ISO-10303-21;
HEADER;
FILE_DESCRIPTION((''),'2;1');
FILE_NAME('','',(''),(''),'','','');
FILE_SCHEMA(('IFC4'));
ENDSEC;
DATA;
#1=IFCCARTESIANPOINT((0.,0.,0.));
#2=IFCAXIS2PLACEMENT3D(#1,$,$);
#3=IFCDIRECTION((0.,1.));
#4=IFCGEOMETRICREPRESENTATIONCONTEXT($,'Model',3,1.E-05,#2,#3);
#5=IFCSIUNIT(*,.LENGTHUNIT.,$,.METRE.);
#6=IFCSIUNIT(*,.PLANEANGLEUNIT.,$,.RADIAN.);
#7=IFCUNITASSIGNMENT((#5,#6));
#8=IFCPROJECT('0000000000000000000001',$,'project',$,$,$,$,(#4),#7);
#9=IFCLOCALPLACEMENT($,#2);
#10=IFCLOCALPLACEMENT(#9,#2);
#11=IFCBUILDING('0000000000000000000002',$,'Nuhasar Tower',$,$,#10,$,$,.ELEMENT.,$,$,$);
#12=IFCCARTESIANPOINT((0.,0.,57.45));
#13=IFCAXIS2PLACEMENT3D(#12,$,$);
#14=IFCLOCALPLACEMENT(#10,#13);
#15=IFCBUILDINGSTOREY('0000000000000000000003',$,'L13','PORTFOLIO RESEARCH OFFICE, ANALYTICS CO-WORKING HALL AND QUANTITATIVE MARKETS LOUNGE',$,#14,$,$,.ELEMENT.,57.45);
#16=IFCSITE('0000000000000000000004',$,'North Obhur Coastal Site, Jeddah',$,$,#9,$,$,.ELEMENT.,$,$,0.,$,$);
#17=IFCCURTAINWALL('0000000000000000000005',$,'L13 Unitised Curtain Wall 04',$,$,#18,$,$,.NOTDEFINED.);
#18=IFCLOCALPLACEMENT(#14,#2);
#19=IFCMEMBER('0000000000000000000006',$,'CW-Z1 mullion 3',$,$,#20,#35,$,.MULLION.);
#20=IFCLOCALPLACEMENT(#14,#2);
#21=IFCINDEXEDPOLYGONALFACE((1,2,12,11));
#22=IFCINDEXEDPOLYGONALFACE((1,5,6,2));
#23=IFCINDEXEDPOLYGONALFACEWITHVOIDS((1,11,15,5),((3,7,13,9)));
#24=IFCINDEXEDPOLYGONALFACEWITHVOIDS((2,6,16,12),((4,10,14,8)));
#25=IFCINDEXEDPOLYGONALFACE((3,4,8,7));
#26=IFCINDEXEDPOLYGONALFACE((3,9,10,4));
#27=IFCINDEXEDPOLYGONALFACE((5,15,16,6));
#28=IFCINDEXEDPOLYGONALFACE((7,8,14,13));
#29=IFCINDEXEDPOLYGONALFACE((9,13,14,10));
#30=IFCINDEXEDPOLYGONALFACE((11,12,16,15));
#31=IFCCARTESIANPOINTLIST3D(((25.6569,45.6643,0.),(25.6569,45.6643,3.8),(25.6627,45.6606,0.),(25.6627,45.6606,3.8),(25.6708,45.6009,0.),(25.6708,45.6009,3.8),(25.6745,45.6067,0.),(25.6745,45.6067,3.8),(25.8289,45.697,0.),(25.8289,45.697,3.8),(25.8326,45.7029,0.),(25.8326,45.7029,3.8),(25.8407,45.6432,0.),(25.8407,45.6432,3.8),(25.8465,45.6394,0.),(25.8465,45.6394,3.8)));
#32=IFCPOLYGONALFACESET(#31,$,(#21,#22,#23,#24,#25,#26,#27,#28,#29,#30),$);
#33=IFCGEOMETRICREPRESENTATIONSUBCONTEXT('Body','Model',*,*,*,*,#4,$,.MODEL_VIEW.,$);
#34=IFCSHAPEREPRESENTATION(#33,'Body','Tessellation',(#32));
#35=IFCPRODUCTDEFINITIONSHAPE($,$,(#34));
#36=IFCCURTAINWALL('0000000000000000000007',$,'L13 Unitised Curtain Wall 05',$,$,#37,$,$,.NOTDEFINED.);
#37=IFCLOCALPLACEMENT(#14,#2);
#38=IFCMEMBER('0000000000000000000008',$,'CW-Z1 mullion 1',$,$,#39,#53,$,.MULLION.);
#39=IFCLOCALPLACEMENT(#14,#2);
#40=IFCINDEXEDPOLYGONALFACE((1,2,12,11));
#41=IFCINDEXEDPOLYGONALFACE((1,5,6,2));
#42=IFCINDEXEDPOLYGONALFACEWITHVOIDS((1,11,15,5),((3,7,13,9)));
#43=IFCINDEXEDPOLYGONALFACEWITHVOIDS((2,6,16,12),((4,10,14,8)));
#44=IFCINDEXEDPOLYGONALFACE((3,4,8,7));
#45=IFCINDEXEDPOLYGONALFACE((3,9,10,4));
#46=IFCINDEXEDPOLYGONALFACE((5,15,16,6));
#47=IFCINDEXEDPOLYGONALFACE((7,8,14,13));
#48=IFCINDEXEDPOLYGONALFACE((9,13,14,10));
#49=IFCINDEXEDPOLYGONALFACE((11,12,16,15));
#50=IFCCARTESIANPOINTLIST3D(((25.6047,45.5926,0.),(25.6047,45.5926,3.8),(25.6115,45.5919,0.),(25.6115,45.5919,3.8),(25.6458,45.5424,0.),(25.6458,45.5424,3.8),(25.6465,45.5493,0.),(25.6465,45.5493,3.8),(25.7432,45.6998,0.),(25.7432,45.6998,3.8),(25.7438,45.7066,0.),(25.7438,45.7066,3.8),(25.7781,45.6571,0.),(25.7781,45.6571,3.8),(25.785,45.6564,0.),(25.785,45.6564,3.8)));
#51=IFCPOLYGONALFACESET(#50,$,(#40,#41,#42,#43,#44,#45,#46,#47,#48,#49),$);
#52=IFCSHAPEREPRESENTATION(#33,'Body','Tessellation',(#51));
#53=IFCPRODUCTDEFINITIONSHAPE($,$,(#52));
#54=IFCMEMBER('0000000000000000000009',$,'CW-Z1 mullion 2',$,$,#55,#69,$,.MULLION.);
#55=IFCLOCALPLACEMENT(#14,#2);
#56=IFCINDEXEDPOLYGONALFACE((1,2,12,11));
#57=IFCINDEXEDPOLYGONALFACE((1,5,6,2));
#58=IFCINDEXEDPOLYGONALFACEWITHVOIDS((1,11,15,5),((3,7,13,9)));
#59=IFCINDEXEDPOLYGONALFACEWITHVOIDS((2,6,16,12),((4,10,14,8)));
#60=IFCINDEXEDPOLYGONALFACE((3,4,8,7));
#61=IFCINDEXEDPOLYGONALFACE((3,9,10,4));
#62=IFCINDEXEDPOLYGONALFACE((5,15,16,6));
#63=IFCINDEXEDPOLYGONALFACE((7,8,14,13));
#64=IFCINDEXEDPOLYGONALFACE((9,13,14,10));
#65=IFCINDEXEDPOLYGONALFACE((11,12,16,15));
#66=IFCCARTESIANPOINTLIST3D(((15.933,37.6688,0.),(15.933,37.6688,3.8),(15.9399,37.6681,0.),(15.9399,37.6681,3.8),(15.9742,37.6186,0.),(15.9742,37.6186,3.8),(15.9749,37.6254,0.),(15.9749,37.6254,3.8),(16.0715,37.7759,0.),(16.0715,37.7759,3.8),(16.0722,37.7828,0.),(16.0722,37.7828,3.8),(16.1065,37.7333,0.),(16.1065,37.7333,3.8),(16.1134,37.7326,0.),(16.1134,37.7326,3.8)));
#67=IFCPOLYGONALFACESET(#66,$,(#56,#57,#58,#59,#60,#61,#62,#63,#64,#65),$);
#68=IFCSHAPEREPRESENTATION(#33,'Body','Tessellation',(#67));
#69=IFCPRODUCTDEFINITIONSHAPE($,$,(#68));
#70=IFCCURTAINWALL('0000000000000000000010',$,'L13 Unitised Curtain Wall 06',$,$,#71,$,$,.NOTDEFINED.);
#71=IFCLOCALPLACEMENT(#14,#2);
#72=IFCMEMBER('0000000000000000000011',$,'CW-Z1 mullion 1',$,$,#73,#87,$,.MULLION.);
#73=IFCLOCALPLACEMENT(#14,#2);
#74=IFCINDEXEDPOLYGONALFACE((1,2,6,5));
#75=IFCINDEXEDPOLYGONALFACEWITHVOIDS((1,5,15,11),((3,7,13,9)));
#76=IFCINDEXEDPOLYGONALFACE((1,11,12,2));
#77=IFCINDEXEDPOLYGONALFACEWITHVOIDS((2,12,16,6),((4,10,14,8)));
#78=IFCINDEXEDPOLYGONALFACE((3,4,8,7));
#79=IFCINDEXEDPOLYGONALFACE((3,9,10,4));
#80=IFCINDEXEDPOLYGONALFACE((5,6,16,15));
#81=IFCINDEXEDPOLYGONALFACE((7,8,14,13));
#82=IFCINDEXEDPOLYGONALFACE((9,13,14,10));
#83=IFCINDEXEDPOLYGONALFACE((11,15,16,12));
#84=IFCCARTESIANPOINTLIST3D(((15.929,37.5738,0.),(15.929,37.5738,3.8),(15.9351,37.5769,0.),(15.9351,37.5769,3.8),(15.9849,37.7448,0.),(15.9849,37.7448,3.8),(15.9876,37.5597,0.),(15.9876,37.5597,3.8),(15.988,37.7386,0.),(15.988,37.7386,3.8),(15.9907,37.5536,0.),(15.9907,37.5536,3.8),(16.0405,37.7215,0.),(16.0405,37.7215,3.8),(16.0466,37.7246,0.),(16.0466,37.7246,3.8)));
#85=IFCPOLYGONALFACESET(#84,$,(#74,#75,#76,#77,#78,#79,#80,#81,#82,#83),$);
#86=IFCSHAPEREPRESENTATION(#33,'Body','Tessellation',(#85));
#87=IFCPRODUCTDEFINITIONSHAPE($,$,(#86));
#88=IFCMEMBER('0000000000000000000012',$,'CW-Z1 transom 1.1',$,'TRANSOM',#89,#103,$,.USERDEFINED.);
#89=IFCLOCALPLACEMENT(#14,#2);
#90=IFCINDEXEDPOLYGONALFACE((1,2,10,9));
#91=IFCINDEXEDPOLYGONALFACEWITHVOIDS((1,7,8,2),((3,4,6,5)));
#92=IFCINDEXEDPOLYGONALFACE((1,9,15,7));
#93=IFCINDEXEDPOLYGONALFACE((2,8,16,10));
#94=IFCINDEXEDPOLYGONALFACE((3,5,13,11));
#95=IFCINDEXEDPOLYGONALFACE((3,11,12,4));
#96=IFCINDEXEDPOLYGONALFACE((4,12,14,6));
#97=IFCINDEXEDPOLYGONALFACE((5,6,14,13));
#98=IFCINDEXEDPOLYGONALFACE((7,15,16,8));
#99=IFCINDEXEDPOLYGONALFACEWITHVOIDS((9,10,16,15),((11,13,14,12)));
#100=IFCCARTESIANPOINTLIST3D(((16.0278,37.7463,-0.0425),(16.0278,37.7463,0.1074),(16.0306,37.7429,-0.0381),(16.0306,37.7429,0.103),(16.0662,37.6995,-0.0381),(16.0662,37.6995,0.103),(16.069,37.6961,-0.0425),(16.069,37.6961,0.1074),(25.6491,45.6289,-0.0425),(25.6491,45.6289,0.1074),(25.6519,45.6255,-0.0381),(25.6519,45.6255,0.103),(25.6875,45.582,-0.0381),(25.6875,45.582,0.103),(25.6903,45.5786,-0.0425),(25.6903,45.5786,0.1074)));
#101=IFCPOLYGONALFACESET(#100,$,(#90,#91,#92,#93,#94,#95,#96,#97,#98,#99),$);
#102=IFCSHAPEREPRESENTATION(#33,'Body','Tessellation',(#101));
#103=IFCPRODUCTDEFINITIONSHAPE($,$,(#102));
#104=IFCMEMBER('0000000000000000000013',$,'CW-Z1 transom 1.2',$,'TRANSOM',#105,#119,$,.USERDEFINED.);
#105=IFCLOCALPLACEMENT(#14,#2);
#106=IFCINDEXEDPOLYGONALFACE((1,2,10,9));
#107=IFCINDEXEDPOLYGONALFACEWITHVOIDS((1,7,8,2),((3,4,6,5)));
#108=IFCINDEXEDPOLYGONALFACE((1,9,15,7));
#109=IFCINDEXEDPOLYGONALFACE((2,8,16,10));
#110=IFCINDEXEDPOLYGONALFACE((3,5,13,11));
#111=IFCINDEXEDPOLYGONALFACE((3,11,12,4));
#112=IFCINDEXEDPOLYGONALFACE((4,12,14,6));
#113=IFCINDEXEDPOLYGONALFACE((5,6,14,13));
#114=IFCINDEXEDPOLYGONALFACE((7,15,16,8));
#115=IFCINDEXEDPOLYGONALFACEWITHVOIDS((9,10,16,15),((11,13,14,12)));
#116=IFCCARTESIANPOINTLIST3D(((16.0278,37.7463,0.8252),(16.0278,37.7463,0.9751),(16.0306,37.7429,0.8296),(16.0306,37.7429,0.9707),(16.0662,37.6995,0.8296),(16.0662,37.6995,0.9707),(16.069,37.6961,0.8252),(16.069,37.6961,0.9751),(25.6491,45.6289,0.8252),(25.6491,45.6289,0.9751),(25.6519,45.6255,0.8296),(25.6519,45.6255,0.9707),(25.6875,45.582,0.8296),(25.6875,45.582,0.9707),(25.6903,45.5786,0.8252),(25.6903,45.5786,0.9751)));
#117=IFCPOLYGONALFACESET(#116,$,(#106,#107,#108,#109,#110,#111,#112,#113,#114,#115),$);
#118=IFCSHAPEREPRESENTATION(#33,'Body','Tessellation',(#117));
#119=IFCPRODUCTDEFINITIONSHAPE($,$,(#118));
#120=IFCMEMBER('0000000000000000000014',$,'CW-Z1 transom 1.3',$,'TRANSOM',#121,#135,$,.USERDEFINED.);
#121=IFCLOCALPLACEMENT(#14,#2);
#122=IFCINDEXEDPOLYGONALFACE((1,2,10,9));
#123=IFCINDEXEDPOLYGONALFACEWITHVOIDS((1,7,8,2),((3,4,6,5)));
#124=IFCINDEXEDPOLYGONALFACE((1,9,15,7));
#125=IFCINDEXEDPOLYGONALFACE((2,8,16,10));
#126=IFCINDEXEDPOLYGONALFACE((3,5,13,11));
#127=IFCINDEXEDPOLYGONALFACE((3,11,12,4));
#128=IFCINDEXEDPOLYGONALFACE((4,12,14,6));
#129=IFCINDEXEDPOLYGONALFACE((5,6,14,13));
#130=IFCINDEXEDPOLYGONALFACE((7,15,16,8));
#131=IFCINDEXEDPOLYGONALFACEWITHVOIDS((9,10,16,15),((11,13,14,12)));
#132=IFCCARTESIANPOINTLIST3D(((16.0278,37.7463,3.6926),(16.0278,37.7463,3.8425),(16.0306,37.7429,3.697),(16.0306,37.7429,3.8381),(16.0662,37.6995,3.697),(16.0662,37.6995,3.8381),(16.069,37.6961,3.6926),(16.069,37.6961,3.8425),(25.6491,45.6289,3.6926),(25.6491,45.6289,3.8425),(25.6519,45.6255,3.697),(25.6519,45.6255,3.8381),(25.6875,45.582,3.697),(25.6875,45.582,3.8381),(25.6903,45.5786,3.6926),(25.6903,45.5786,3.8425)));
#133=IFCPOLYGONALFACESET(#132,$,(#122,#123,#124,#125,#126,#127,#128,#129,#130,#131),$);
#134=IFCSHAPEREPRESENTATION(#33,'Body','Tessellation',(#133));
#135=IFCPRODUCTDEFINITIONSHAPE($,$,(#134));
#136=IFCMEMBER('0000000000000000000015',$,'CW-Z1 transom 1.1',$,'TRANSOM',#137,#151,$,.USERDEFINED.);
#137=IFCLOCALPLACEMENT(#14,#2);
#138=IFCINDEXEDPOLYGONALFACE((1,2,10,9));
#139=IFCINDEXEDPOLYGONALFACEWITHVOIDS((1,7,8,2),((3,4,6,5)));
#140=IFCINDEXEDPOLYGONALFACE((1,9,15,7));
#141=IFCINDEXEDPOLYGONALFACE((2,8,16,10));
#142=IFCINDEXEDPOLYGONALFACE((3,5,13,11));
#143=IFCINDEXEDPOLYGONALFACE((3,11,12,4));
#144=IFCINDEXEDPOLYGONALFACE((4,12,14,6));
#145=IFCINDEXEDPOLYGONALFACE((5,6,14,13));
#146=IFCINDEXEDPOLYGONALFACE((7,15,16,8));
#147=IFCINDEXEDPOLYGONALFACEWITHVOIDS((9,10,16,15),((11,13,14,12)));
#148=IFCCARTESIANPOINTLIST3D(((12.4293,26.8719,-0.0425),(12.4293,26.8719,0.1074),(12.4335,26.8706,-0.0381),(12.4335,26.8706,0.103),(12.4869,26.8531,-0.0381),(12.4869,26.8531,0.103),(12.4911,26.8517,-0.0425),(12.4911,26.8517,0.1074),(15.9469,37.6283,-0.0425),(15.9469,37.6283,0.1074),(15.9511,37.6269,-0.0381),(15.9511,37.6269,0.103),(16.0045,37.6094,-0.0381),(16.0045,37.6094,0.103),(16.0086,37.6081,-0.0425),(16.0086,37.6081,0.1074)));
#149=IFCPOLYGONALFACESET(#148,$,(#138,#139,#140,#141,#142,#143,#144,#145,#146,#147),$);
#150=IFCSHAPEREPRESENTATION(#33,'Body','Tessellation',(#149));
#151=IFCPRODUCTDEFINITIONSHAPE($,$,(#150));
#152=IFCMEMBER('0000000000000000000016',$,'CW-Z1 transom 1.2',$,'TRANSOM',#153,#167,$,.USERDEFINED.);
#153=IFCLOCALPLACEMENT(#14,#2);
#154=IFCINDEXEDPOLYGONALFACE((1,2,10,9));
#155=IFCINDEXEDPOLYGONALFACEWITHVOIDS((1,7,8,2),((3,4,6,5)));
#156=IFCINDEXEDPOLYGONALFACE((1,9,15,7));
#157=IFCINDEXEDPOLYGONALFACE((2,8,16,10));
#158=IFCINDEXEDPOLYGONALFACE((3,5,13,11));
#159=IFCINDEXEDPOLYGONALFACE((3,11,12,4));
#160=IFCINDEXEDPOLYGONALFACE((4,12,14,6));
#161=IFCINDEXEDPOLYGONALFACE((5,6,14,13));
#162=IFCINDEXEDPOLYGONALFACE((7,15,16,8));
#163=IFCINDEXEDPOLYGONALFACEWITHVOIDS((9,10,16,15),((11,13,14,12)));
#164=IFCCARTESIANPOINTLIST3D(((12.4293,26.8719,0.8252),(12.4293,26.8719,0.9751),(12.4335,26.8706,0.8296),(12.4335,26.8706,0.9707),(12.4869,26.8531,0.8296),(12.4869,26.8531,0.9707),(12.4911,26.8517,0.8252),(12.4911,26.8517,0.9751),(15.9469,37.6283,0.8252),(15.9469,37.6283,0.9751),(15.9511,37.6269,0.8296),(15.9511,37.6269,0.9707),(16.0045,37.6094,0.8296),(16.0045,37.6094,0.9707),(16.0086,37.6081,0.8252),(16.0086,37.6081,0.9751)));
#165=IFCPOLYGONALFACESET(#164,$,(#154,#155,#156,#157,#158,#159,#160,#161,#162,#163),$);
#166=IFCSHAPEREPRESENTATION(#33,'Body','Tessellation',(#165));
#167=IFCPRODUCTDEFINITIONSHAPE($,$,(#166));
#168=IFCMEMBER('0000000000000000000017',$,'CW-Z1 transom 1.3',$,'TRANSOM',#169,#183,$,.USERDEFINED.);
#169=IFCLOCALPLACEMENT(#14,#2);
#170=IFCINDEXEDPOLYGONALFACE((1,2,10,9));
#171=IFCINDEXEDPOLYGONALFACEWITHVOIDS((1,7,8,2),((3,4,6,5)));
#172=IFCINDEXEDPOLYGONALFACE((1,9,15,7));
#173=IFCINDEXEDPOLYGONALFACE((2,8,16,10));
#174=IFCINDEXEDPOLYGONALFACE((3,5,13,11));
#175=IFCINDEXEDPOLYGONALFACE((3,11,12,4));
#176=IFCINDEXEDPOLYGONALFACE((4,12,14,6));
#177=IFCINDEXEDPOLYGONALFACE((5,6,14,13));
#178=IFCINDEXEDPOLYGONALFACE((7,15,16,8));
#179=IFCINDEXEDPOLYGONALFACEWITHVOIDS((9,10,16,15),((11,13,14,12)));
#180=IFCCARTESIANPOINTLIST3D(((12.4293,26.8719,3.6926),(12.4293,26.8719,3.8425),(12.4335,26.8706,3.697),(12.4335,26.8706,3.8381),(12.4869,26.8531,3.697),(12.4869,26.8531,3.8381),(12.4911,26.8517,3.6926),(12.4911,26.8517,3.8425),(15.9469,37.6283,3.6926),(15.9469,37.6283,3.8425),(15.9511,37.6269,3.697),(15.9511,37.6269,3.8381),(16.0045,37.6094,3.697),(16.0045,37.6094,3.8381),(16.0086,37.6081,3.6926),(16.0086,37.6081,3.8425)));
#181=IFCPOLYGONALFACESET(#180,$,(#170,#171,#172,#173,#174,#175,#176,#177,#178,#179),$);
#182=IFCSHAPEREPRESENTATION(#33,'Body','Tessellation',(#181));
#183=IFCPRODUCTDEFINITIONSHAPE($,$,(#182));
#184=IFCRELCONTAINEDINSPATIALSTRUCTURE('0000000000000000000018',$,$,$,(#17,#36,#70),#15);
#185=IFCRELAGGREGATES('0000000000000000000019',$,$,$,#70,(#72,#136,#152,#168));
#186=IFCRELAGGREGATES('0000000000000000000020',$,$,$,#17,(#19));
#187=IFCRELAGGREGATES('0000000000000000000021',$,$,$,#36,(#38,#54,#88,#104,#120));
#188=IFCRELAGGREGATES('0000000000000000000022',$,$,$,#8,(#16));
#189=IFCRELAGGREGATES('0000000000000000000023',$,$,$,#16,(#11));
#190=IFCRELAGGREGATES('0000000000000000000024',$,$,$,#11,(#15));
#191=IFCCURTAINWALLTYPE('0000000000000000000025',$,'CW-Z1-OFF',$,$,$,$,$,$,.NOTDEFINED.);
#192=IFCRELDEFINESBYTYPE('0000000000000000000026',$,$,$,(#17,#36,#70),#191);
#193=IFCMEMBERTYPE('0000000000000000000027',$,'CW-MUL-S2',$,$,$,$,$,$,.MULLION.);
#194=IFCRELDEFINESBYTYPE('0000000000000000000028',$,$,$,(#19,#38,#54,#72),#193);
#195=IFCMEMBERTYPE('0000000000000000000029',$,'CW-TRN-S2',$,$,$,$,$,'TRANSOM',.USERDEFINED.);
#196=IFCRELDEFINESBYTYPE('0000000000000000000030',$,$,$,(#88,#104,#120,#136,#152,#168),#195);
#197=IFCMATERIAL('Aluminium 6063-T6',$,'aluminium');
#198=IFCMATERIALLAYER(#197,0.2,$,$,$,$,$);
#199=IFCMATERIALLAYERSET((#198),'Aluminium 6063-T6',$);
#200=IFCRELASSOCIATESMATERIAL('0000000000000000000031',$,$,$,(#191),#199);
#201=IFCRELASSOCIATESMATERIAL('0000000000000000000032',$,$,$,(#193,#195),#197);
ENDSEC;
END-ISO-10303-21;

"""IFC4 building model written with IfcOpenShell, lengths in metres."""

from ifc_helpers import new_model, si_unit, direction, frame, origin, origin_2d, place, context, subcontext, project, spatial, hollow_rectangle, extrude, material, layer, layer_set, material_profile, profile_set, type_object, element, aggregate, save


model = new_model("IFC4")

# Units and contexts
model_context = context("Model", 3, precision=1e-05, world=origin(), true_north=direction((0.0, 1.0)))
body_context = subcontext(model_context, "Body", "Model", "MODEL_VIEW")
ifc_project = project(units=[si_unit("LENGTHUNIT", "METRE"), si_unit("PLANEANGLEUNIT", "RADIAN")], contexts=[model_context])

# Site, building, storey
site_placement = place(None, origin())
site = spatial("IfcSite", under=ifc_project, at=site_placement, Name="North Obhur Coastal Site, Jeddah", CompositionType="ELEMENT", RefElevation=0.0)
building_placement = place(site_placement, origin())
building = spatial("IfcBuilding", under=site, at=building_placement, Name="Nuhasar Tower", CompositionType="ELEMENT")
storey_placement = place(building_placement, frame((0.0, 0.0, 57.45)))
storey = spatial("IfcBuildingStorey", under=building, at=storey_placement, Name="L13", Description="PORTFOLIO RESEARCH OFFICE, ANALYTICS CO-WORKING HALL AND QUANTITATIVE MARKETS LOUNGE", CompositionType="ELEMENT", Elevation=57.45)

# Curtain wall, member
ifc_material_1 = material(Name="Aluminium 6063-T6", Category="aluminium")
ifc_layer_1 = layer(ifc_material_1, 0.2)
ifc_layer_set_1 = layer_set([ifc_layer_1], Name="Aluminium 6063-T6")
curtain_wall_type = type_object("IfcCurtainWallType", Name="CW-Z1-OFF", PredefinedType="NOTDEFINED", material=ifc_layer_set_1)
curtain_wall_1_placement = place(storey_placement, origin())
curtain_wall_1 = element("IfcCurtainWall", 1, at=curtain_wall_1_placement, inside=storey, type_object=curtain_wall_type, Name="L13 Unitised Curtain Wall 04", PredefinedType="NOTDEFINED")
ifc_material_profile_1 = material_profile(ifc_material_1, hollow_rectangle(XDim=0.0649, YDim=0.1799, WallThickness=0.0049, at=origin_2d()), Name="CWM-2")
ifc_profile_set_1 = profile_set([ifc_material_profile_1], Name="Aluminium 6063-T6")
member_type_1 = type_object("IfcMemberType", Name="CW-MUL-S2", PredefinedType="MULLION", material=ifc_profile_set_1)
member_1_placement = place(storey_placement, frame((25.7517, 45.6519, 0.0), z_axis=(0.0, 0.0, 1.0), x_axis=(0.214399, -0.976746, 0.0)))
member_1 = element("IfcMember", 2, at=member_1_placement, type_object=member_type_1, Name="CW-Z1 mullion 3", PredefinedType="MULLION", context=body_context, shape_type="SweptSolid", body=[
    extrude(hollow_rectangle(XDim=0.0649, YDim=0.1799, WallThickness=0.0049, at=origin_2d()), origin(), (0.0, 0.0, 1.0), 3.8),
])

# Curtain wall, members
curtain_wall_2_placement = place(storey_placement, origin())
curtain_wall_2 = element("IfcCurtainWall", 3, at=curtain_wall_2_placement, inside=storey, type_object=curtain_wall_type, Name="L13 Unitised Curtain Wall 05", PredefinedType="NOTDEFINED")
member_2_placement = place(storey_placement, frame((25.6948, 45.6245, 0.0), z_axis=(0.0, 0.0, 1.0), x_axis=(0.633745, -0.773542, 0.0)))
member_2 = element("IfcMember", 4, at=member_2_placement, type_object=member_type_1, Name="CW-Z1 mullion 1", PredefinedType="MULLION", context=body_context, shape_type="SweptSolid", body=[
    extrude(hollow_rectangle(XDim=0.0649, YDim=0.1799, WallThickness=0.0049, at=origin_2d()), origin(), (0.0, 0.0, 1.0), 3.8),
])
member_3_placement = place(storey_placement, frame((16.0232, 37.7007, 0.0), z_axis=(0.0, 0.0, 1.0), x_axis=(0.633745, -0.773542, 0.0)))
member_3 = element("IfcMember", 5, at=member_3_placement, type_object=member_type_1, Name="CW-Z1 mullion 2", PredefinedType="MULLION", context=body_context, shape_type="SweptSolid", body=[
    extrude(hollow_rectangle(XDim=0.0649, YDim=0.1799, WallThickness=0.0049, at=origin_2d()), origin(), (0.0, 0.0, 1.0), 3.8),
])

# Curtain wall, member
curtain_wall_3_placement = place(storey_placement, origin())
curtain_wall_3 = element("IfcCurtainWall", 6, at=curtain_wall_3_placement, inside=storey, type_object=curtain_wall_type, Name="L13 Unitised Curtain Wall 06", PredefinedType="NOTDEFINED")
member_4_placement = place(storey_placement, frame((15.9878, 37.6492, 0.0), z_axis=(0.0, 0.0, 1.0), x_axis=(0.950468, -0.310824, 0.0)))
member_4 = element("IfcMember", 7, at=member_4_placement, type_object=member_type_1, Name="CW-Z1 mullion 1", PredefinedType="MULLION", context=body_context, shape_type="SweptSolid", body=[
    extrude(hollow_rectangle(XDim=0.0649, YDim=0.1799, WallThickness=0.0049, at=origin_2d()), origin(), (0.0, 0.0, 1.0), 3.8),
])

# Members
ifc_material_profile_2 = material_profile(ifc_material_1, hollow_rectangle(XDim=0.0649, YDim=0.1499, WallThickness=0.0044, at=origin_2d()), Name="CWT-2")
ifc_profile_set_2 = profile_set([ifc_material_profile_2], Name="Aluminium 6063-T6")
member_type_2 = type_object("IfcMemberType", Name="CW-TRN-S2", ElementType="TRANSOM", PredefinedType="USERDEFINED", material=ifc_profile_set_2)
member_5_placement = place(storey_placement, frame((25.6697, 45.6038, 0.0325), z_axis=(-0.773541, -0.633746, 0.0), x_axis=(0.633746, -0.773541, 0.0)))
member_5 = element("IfcMember", 8, at=member_5_placement, type_object=member_type_2, Name="CW-Z1 transom 1.1", ObjectType="TRANSOM", PredefinedType="USERDEFINED", context=body_context, shape_type="SweptSolid", body=[
    extrude(hollow_rectangle(XDim=0.0649, YDim=0.1499, WallThickness=0.0044, at=origin_2d()), origin(), (0.0, 0.0, 1.0), 12.438),
])
member_6_placement = place(storey_placement, frame((25.6697, 45.6038, 0.9001), z_axis=(-0.773541, -0.633746, 0.0), x_axis=(0.633746, -0.773541, 0.0)))
member_6 = element("IfcMember", 9, at=member_6_placement, type_object=member_type_2, Name="CW-Z1 transom 1.2", ObjectType="TRANSOM", PredefinedType="USERDEFINED", context=body_context, shape_type="SweptSolid", body=[
    extrude(hollow_rectangle(XDim=0.0649, YDim=0.1499, WallThickness=0.0044, at=origin_2d()), origin(), (0.0, 0.0, 1.0), 12.438),
])
member_7_placement = place(storey_placement, frame((25.6697, 45.6038, 3.7676), z_axis=(-0.773541, -0.633746, 0.0), x_axis=(0.633746, -0.773541, 0.0)))
member_7 = element("IfcMember", 10, at=member_7_placement, type_object=member_type_2, Name="CW-Z1 transom 1.3", ObjectType="TRANSOM", PredefinedType="USERDEFINED", context=body_context, shape_type="SweptSolid", body=[
    extrude(hollow_rectangle(XDim=0.0649, YDim=0.1499, WallThickness=0.0044, at=origin_2d()), origin(), (0.0, 0.0, 1.0), 12.438),
])
member_8_placement = place(storey_placement, frame((15.9778, 37.6182, 0.0325), z_axis=(-0.310825, -0.950467, 0.0), x_axis=(0.950467, -0.310825, 0.0)))
member_8 = element("IfcMember", 11, at=member_8_placement, type_object=member_type_2, Name="CW-Z1 transom 1.1", ObjectType="TRANSOM", PredefinedType="USERDEFINED", context=body_context, shape_type="SweptSolid", body=[
    extrude(hollow_rectangle(XDim=0.0649, YDim=0.1499, WallThickness=0.0044, at=origin_2d()), origin(), (0.0, 0.0, 1.0), 11.3169),
])
member_9_placement = place(storey_placement, frame((15.9778, 37.6182, 0.9001), z_axis=(-0.310825, -0.950467, 0.0), x_axis=(0.950467, -0.310825, 0.0)))
member_9 = element("IfcMember", 12, at=member_9_placement, type_object=member_type_2, Name="CW-Z1 transom 1.2", ObjectType="TRANSOM", PredefinedType="USERDEFINED", context=body_context, shape_type="SweptSolid", body=[
    extrude(hollow_rectangle(XDim=0.0649, YDim=0.1499, WallThickness=0.0044, at=origin_2d()), origin(), (0.0, 0.0, 1.0), 11.3169),
])
member_10_placement = place(storey_placement, frame((15.9778, 37.6182, 3.7676), z_axis=(-0.310825, -0.950467, 0.0), x_axis=(0.950467, -0.310825, 0.0)))
member_10 = element("IfcMember", 13, at=member_10_placement, type_object=member_type_2, Name="CW-Z1 transom 1.3", ObjectType="TRANSOM", PredefinedType="USERDEFINED", context=body_context, shape_type="SweptSolid", body=[
    extrude(hollow_rectangle(XDim=0.0649, YDim=0.1499, WallThickness=0.0044, at=origin_2d()), origin(), (0.0, 0.0, 1.0), 11.3169),
])
aggregate(curtain_wall_3, [member_4, member_8, member_9, member_10])

aggregate(curtain_wall_1, [member_1])
aggregate(curtain_wall_2, [member_2, member_3, member_5, member_6, member_7])

save(model, "model.ifc")
